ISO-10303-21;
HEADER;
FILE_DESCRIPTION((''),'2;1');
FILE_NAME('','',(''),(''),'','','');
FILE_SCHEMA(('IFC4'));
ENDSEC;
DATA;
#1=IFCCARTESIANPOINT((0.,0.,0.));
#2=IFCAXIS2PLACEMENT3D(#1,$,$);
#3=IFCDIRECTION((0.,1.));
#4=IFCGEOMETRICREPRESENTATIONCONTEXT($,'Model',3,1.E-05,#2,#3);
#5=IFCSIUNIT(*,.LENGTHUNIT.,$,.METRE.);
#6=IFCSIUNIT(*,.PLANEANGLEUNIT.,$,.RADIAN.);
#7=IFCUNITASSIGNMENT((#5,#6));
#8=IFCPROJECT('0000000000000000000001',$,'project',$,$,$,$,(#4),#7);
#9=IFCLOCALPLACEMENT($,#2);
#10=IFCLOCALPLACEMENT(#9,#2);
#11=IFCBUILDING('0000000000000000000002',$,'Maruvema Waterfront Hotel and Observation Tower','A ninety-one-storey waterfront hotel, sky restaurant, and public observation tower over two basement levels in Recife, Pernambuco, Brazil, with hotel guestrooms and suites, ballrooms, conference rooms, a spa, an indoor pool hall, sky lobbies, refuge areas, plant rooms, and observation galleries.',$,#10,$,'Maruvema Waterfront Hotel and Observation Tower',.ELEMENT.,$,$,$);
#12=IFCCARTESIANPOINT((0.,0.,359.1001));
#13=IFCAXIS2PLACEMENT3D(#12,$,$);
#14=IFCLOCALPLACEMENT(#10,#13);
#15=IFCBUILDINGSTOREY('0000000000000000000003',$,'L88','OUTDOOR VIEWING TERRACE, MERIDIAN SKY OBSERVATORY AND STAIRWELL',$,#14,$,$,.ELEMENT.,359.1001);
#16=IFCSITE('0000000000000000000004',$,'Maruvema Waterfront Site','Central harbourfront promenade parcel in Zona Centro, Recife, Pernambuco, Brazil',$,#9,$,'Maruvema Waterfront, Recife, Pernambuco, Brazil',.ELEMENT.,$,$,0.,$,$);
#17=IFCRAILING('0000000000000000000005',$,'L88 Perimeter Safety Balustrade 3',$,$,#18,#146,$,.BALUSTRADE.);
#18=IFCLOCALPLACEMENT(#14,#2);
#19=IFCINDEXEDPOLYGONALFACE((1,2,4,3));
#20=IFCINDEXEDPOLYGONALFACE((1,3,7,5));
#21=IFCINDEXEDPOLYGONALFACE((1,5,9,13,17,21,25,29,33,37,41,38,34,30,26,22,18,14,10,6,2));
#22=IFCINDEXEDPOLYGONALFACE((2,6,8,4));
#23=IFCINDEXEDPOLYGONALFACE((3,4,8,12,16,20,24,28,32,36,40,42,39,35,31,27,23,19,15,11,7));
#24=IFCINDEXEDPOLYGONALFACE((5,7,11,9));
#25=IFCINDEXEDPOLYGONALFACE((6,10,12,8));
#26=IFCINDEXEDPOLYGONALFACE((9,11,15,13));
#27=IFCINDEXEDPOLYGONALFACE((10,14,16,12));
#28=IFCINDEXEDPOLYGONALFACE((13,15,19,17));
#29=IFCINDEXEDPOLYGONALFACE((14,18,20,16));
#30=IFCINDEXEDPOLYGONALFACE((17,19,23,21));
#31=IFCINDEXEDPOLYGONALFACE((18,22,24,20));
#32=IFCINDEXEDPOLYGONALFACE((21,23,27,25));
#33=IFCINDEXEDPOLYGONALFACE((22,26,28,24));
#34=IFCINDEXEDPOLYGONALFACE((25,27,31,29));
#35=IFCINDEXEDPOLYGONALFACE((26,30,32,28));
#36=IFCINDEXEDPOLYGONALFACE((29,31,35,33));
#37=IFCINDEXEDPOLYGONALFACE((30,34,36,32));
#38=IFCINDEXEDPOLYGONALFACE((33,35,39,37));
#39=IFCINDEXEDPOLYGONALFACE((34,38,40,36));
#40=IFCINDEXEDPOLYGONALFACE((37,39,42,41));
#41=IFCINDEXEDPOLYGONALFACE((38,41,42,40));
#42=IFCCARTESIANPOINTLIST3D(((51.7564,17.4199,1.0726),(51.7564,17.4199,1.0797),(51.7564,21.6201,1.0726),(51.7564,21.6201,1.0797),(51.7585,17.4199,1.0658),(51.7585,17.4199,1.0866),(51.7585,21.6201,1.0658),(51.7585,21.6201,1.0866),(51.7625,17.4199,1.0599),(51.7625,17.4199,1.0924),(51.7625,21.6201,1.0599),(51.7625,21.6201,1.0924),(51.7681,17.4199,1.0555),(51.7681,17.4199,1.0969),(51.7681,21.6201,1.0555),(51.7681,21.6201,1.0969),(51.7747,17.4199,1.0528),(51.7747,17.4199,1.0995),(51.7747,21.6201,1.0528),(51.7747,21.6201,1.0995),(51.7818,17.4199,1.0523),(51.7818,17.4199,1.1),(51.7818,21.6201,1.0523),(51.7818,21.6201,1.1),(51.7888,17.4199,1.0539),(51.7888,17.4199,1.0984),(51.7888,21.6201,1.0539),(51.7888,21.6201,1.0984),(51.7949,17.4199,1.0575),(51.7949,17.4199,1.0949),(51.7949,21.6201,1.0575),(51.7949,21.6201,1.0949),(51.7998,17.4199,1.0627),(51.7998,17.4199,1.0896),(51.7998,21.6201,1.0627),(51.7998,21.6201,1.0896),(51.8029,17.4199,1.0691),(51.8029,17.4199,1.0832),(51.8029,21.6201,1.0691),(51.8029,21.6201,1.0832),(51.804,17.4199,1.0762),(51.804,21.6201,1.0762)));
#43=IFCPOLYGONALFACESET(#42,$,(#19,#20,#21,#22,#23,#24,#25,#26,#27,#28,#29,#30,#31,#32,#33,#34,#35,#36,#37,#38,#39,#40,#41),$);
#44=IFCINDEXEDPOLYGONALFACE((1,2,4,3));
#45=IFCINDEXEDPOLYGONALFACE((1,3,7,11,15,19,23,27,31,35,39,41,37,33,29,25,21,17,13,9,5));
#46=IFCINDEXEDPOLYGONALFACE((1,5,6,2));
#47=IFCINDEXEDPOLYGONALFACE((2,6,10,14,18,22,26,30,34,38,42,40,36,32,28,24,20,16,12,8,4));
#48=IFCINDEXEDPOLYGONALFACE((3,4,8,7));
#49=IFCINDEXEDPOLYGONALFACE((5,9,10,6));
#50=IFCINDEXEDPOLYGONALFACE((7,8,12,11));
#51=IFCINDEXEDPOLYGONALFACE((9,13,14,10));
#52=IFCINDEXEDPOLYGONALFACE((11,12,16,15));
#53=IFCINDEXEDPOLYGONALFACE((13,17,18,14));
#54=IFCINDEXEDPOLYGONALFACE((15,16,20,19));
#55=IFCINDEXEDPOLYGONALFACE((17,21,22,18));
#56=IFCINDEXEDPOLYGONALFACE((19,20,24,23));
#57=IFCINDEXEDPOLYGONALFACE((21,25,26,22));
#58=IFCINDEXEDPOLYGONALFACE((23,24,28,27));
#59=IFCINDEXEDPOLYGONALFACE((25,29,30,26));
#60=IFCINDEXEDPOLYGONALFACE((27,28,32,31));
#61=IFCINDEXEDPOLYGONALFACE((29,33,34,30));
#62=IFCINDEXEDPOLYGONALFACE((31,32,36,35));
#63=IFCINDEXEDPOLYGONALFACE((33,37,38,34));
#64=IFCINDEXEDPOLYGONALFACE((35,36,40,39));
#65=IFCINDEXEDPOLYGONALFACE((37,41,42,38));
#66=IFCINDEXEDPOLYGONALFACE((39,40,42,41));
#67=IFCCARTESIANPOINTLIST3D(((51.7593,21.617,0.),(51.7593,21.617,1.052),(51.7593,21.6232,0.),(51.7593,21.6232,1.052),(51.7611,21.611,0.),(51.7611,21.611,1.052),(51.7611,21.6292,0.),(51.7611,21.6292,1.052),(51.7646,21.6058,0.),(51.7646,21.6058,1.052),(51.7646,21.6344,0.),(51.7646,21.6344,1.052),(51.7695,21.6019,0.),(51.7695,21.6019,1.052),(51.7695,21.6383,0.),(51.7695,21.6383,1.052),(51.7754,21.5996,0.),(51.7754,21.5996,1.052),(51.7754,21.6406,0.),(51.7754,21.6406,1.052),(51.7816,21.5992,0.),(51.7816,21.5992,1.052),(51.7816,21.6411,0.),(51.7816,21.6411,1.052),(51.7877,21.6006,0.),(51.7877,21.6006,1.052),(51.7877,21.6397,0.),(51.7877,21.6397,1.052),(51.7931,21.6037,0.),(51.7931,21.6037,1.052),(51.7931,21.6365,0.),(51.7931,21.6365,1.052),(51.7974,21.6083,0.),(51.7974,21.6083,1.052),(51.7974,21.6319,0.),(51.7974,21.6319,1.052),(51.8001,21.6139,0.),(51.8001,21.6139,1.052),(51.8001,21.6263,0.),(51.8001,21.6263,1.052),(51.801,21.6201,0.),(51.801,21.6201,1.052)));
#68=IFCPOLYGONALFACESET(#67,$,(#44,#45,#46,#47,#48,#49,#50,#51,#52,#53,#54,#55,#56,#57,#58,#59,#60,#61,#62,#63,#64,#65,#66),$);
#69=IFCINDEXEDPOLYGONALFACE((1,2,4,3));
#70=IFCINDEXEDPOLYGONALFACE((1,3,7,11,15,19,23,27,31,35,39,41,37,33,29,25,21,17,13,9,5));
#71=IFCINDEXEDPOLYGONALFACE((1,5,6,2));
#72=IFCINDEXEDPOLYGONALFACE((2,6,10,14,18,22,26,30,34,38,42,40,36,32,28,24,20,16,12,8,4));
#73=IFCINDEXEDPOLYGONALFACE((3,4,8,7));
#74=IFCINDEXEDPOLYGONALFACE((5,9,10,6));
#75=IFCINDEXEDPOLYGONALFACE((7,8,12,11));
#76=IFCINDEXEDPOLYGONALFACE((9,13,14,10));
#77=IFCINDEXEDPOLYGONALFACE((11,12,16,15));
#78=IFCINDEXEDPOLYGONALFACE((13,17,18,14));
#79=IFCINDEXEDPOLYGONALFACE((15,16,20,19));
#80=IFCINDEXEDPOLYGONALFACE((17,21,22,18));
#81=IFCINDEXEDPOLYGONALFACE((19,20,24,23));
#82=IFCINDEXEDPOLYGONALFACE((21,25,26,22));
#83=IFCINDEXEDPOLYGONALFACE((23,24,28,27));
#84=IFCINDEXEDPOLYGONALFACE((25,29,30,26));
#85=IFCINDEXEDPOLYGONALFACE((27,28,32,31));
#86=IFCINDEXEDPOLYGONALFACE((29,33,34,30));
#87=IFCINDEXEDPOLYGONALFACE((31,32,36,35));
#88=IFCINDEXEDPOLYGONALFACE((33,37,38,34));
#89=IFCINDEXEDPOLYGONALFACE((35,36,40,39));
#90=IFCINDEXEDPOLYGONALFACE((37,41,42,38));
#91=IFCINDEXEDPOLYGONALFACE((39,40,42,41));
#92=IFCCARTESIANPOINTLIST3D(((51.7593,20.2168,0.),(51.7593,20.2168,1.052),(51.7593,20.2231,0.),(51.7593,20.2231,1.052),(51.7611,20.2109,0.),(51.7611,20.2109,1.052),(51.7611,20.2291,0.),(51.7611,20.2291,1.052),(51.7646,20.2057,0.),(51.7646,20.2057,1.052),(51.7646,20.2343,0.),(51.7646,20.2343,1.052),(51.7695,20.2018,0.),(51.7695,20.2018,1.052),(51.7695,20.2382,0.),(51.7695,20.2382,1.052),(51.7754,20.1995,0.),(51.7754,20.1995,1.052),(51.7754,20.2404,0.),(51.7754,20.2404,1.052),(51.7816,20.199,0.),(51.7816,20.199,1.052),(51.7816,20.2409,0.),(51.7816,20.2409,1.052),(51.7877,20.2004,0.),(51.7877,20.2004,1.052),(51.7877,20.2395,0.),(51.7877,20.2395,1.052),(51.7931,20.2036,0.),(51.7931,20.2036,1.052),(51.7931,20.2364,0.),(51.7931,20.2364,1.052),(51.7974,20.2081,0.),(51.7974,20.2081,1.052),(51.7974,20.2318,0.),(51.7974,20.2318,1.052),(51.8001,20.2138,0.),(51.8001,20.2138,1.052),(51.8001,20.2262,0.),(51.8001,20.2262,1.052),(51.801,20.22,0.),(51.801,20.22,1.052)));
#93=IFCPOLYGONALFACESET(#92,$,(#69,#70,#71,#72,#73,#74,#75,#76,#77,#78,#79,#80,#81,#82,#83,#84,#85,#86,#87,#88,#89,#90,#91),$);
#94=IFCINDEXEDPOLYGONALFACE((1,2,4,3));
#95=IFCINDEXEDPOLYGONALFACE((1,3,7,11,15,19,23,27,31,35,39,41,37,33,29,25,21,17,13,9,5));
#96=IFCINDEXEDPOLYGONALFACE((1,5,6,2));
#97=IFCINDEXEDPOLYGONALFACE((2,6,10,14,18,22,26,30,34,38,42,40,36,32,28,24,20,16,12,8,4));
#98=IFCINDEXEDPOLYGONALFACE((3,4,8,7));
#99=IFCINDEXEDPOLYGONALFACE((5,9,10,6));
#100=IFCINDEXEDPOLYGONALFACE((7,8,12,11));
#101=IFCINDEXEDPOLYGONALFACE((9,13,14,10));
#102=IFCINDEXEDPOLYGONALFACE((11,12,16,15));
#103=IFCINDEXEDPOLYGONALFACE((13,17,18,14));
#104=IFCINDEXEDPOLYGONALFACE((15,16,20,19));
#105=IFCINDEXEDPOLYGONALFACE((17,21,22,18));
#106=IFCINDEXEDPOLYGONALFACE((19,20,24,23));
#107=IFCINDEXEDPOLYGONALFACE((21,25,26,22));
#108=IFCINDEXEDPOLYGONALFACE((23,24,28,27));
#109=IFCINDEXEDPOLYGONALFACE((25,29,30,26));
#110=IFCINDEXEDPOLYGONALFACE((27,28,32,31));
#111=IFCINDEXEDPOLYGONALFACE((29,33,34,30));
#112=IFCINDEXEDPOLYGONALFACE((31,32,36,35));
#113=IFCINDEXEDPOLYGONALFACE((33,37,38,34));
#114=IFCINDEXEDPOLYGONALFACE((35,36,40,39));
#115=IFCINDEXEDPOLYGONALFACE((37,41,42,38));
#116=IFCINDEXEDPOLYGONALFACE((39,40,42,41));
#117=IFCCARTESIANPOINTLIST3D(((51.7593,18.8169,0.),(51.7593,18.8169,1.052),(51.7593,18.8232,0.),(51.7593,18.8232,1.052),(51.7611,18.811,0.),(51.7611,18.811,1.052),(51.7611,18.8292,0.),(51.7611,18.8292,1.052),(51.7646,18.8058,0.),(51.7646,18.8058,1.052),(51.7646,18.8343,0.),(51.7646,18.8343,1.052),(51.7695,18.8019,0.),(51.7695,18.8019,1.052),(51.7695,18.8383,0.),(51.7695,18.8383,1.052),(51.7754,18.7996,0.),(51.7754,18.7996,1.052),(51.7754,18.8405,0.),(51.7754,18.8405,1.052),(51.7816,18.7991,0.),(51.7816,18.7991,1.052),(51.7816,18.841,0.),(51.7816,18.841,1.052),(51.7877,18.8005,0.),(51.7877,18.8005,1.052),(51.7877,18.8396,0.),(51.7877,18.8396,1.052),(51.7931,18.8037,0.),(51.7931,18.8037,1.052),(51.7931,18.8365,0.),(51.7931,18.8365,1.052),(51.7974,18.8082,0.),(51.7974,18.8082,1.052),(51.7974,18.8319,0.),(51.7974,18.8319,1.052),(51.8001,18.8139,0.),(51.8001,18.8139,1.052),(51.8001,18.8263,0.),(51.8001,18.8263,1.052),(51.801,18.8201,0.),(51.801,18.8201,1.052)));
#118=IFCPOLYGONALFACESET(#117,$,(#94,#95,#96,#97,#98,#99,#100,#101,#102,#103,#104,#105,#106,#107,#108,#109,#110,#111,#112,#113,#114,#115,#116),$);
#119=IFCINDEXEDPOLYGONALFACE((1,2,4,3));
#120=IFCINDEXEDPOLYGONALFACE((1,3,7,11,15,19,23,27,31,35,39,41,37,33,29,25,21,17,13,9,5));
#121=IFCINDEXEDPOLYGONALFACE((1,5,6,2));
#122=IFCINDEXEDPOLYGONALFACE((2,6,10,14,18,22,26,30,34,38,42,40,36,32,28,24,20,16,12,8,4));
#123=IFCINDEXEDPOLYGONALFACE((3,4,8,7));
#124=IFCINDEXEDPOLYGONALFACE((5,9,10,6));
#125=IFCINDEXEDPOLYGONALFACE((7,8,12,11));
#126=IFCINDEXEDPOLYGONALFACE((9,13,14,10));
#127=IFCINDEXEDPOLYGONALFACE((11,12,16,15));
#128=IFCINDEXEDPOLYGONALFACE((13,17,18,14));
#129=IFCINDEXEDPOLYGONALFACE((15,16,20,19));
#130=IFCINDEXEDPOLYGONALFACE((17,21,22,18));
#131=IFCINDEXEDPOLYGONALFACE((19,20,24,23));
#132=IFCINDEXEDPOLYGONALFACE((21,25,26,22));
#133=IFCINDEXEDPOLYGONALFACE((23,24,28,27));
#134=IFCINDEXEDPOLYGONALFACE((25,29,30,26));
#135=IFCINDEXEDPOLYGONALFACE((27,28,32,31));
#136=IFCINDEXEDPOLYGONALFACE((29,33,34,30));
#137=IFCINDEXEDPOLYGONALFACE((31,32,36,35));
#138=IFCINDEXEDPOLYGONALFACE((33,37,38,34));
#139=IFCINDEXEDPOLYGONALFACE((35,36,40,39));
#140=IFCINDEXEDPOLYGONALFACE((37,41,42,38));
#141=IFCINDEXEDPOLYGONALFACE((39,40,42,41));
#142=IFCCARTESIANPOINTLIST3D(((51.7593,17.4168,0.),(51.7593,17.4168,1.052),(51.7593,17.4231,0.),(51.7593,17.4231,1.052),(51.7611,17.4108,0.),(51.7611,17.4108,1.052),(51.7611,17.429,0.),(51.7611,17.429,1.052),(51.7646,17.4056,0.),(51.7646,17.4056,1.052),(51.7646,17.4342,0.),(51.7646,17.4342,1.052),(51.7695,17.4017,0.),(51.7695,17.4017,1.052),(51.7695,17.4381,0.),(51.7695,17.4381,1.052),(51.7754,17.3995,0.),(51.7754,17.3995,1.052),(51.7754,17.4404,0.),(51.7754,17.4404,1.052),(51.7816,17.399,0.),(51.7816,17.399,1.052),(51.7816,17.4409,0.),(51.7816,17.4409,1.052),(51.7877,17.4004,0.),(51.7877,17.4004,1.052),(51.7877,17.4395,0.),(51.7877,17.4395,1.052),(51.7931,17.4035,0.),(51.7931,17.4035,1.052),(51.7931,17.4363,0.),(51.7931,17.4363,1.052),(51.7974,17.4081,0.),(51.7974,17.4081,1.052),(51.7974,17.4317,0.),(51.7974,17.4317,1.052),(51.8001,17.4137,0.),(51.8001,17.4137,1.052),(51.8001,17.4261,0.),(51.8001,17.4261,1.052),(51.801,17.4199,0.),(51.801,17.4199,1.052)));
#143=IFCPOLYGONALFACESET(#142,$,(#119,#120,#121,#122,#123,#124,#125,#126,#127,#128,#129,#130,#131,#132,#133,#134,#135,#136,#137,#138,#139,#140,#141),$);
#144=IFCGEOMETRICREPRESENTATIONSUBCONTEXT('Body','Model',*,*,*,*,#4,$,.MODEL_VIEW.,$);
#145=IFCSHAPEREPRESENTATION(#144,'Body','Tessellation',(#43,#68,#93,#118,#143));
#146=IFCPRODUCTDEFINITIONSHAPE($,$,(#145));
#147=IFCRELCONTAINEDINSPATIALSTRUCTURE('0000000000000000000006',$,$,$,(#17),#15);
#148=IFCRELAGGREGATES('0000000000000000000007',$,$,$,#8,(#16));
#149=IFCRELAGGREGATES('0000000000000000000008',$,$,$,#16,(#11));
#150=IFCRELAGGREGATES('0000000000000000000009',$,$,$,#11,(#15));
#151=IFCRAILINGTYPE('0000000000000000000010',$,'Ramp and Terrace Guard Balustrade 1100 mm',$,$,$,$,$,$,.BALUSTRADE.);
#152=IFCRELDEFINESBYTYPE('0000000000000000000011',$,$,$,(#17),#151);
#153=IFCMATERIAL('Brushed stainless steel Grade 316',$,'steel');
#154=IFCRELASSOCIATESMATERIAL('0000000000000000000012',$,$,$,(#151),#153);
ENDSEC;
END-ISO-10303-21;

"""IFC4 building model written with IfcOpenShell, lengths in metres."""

from ifc_helpers import new_model, si_unit, direction, frame, origin, origin_2d, place, context, subcontext, project, spatial, circle, extrude, material, type_object, element, save


model = new_model("IFC4")

# Units and contexts
model_context = context("Model", 3, precision=1e-05, world=origin(), true_north=direction((0.0, 1.0)))
body_context = subcontext(model_context, "Body", "Model", "MODEL_VIEW")
ifc_project = project(units=[si_unit("LENGTHUNIT", "METRE"), si_unit("PLANEANGLEUNIT", "RADIAN")], contexts=[model_context])

# Site, building, storey
site_placement = place(None, origin())
site = spatial("IfcSite", under=ifc_project, at=site_placement, Name="Maruvema Waterfront Site", Description="Central harbourfront promenade parcel in Zona Centro, Recife, Pernambuco, Brazil", LongName="Maruvema Waterfront, Recife, Pernambuco, Brazil", CompositionType="ELEMENT", RefElevation=0.0)
building_placement = place(site_placement, origin())
building = spatial("IfcBuilding", under=site, at=building_placement, Name="Maruvema Waterfront Hotel and Observation Tower", Description="A ninety-one-storey waterfront hotel, sky restaurant, and public observation tower over two basement levels in Recife, Pernambuco, Brazil, with hotel guestrooms and suites, ballrooms, conference rooms, a spa, an indoor pool hall, sky lobbies, refuge areas, plant rooms, and observation galleries.", LongName="Maruvema Waterfront Hotel and Observation Tower", CompositionType="ELEMENT")
storey_placement = place(building_placement, frame((0.0, 0.0, 359.1001)))
storey = spatial("IfcBuildingStorey", under=building, at=storey_placement, Name="L88", Description="OUTDOOR VIEWING TERRACE, MERIDIAN SKY OBSERVATORY AND STAIRWELL", CompositionType="ELEMENT", Elevation=359.1001)

# Railing
ifc_material_1 = material(Name="Brushed stainless steel Grade 316", Category="steel")
railing_type = type_object("IfcRailingType", Name="Ramp and Terrace Guard Balustrade 1100 mm", PredefinedType="BALUSTRADE", material=ifc_material_1)
railing_1_placement = place(storey_placement, frame((51.78, 21.6201, 0.0)))
element("IfcRailing", 1, at=railing_1_placement, inside=storey, type_object=railing_type, Name="L88 Perimeter Safety Balustrade 3", PredefinedType="BALUSTRADE", context=body_context, shape_type="SweptSolid", body=[
    extrude(circle(Radius=0.0239, at=origin_2d()), frame((0.0, 0.0, 1.0762), z_axis=(0.0, -1.0, 0.0), x_axis=(1.0, 0.0, 0.0)), (0.0, 0.0, 1.0), 4.2002),
    extrude(circle(Radius=0.021, at=origin_2d()), origin(), (0.0, 0.0, 1.0), 1.052),
    extrude(circle(Radius=0.021, at=origin_2d()), frame((0.0, -1.4001, 0.0)), (0.0, 0.0, 1.0), 1.052),
    extrude(circle(Radius=0.021, at=origin_2d()), frame((0.0, -2.8, 0.0)), (0.0, 0.0, 1.0), 1.052),
    extrude(circle(Radius=0.021, at=origin_2d()), frame((0.0, -4.2002, 0.0)), (0.0, 0.0, 1.0), 1.052),
])

save(model, "model.ifc")
